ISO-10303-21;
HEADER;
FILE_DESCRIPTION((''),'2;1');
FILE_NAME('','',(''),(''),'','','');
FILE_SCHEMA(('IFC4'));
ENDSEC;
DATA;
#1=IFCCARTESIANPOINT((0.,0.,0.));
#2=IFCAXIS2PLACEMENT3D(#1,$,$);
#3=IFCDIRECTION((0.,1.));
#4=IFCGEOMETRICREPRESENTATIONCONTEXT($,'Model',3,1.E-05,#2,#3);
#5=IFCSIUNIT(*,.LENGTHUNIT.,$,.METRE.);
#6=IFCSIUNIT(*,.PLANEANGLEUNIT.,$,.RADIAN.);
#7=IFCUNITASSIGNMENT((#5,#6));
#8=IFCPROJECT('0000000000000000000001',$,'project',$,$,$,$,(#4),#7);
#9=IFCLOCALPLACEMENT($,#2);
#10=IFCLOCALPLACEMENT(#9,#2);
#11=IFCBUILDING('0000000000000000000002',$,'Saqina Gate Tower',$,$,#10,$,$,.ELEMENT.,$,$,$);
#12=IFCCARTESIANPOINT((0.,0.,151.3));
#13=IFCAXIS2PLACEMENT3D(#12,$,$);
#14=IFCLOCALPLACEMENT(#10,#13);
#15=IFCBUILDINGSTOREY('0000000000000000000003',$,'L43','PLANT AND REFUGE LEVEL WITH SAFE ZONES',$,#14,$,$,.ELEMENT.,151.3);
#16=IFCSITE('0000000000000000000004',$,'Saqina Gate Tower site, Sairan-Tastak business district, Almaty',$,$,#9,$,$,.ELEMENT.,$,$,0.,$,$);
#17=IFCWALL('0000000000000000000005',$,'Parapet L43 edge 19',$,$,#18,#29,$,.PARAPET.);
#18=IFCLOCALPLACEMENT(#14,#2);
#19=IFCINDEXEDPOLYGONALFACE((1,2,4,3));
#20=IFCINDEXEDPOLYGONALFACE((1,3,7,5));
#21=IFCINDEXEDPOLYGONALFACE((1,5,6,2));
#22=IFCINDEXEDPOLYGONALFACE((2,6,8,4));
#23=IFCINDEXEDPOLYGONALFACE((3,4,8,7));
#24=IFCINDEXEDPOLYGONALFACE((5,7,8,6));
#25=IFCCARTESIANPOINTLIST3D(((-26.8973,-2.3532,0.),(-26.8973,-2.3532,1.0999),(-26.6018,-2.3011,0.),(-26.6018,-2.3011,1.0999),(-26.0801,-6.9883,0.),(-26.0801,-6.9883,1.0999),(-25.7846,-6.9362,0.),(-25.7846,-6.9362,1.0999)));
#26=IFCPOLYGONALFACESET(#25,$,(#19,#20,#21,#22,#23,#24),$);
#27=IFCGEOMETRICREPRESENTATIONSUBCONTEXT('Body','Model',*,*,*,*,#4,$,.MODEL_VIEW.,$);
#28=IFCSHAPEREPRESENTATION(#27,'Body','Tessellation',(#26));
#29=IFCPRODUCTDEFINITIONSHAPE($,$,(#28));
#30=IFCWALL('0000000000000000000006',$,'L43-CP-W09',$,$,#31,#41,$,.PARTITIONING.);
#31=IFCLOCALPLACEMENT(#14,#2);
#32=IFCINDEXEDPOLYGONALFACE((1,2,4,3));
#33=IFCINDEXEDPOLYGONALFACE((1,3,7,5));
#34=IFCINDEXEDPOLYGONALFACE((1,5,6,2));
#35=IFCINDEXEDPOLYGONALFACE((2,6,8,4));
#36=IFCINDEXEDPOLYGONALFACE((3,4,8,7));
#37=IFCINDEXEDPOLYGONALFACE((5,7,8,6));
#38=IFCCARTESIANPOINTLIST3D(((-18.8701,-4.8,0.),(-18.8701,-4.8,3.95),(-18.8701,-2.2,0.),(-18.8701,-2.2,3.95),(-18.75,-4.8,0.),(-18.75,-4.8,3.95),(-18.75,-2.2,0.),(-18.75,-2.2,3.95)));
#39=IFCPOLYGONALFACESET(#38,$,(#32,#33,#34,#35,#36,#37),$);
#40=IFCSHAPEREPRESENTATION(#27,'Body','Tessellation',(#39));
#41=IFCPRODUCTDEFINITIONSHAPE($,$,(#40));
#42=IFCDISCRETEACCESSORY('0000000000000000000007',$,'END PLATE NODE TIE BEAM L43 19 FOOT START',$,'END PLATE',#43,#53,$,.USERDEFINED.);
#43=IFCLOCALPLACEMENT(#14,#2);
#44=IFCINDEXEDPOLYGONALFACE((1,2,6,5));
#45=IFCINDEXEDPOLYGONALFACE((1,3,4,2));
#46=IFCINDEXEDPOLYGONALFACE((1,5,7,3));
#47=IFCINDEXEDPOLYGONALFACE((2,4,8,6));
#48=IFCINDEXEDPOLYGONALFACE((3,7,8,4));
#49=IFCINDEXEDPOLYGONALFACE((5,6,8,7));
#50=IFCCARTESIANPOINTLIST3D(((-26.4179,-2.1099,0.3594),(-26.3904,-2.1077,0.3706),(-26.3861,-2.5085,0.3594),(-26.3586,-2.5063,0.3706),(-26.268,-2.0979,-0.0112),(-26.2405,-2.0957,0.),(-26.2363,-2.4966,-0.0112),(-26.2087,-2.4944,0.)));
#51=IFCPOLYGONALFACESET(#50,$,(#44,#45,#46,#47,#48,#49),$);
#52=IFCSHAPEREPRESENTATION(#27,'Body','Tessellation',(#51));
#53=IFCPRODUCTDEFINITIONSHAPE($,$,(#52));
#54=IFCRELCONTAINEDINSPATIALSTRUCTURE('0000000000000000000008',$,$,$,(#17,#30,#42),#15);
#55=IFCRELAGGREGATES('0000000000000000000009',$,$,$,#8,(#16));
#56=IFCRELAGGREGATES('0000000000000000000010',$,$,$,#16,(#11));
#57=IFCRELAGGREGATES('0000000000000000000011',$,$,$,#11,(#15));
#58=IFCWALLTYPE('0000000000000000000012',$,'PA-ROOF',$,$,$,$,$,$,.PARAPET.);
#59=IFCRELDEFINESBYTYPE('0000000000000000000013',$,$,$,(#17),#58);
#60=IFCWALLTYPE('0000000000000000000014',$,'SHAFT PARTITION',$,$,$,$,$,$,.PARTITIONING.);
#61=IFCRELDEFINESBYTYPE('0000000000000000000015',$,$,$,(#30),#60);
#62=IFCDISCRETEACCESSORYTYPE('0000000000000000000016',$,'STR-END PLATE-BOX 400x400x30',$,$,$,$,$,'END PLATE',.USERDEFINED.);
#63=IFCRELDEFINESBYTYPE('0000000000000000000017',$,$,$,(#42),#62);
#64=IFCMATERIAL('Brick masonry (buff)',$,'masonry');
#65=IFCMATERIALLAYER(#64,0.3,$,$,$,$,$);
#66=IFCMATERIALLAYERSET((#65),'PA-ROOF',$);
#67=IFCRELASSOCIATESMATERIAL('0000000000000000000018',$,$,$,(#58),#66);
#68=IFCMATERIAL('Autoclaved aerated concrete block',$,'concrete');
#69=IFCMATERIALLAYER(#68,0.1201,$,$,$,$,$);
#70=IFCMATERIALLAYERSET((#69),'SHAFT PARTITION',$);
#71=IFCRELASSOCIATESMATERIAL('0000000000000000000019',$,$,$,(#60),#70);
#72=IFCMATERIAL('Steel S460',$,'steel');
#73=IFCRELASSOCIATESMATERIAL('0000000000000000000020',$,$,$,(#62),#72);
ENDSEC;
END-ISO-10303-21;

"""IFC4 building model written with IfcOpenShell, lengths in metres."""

from ifc_helpers import new_model, si_unit, direction, frame, frame_2d, origin, origin_2d, place, context, subcontext, project, spatial, rectangle, extrude, material, layer, layer_set, material_profile, profile_set, type_object, element, save


model = new_model("IFC4")

# Units and contexts
model_context = context("Model", 3, precision=1e-05, world=origin(), true_north=direction((0.0, 1.0)))
body_context = subcontext(model_context, "Body", "Model", "MODEL_VIEW")
ifc_project = project(units=[si_unit("LENGTHUNIT", "METRE"), si_unit("PLANEANGLEUNIT", "RADIAN")], contexts=[model_context])

# Site, building, storey
site_placement = place(None, origin())
site = spatial("IfcSite", under=ifc_project, at=site_placement, Name="Saqina Gate Tower site, Sairan-Tastak business district, Almaty", CompositionType="ELEMENT", RefElevation=0.0)
building_placement = place(site_placement, origin())
building = spatial("IfcBuilding", under=site, at=building_placement, Name="Saqina Gate Tower", CompositionType="ELEMENT")
storey_placement = place(building_placement, frame((0.0, 0.0, 151.3)))
storey = spatial("IfcBuildingStorey", under=building, at=storey_placement, Name="L43", Description="PLANT AND REFUGE LEVEL WITH SAFE ZONES", CompositionType="ELEMENT", Elevation=151.3)

# Walls
ifc_material_1 = material(Name="Brick masonry (buff)", Category="masonry")
ifc_layer_1 = layer(ifc_material_1, 0.3)
ifc_layer_set_1 = layer_set([ifc_layer_1], Name="PA-ROOF")
wall_type_1 = type_object("IfcWallType", Name="PA-ROOF", PredefinedType="PARAPET", material=ifc_layer_set_1)
wall_1_placement = place(storey_placement, frame((-26.7495, -2.3271, 0.0), z_axis=(0.0, 0.0, 1.0), x_axis=(0.17362, -0.984813, 0.0)))
element("IfcWall", 1, at=wall_1_placement, inside=storey, type_object=wall_type_1, Name="Parapet L43 edge 19", PredefinedType="PARAPET", context=body_context, shape_type="SweptSolid", body=[
    extrude(rectangle(XDim=4.7065, YDim=0.3, at=frame_2d((2.3533, 0.0))), origin(), (0.0, 0.0, 1.0), 1.0999),
])
ifc_material_2 = material(Name="Autoclaved aerated concrete block", Category="concrete")
ifc_layer_2 = layer(ifc_material_2, 0.1201)
ifc_layer_set_2 = layer_set([ifc_layer_2], Name="SHAFT PARTITION")
wall_type_2 = type_object("IfcWallType", Name="SHAFT PARTITION", PredefinedType="PARTITIONING", material=ifc_layer_set_2)
wall_2_placement = place(storey_placement, frame((-18.8101, -4.8, 0.0), z_axis=(0.0, 0.0, 1.0), x_axis=(0.0, 1.0, 0.0)))
element("IfcWall", 2, at=wall_2_placement, inside=storey, type_object=wall_type_2, Name="L43-CP-W09", PredefinedType="PARTITIONING", context=body_context, shape_type="SweptSolid", body=[
    extrude(rectangle(XDim=2.6001, YDim=0.1201, at=frame_2d((1.3, 0.0))), origin(), (0.0, 0.0, 1.0), 3.95),
])

# Discrete accessory
ifc_material_3 = material(Name="Steel S460", Category="steel")
ifc_material_profile_1 = material_profile(ifc_material_3, rectangle(XDim=0.3999, YDim=0.3999, at=origin_2d()), Name="STR-END PLATE-BOX 400x400x30")
ifc_profile_set_1 = profile_set([ifc_material_profile_1], Name="Steel S460")
discrete_accessory_type = type_object("IfcDiscreteAccessoryType", Name="STR-END PLATE-BOX 400x400x30", ElementType="END PLATE", PredefinedType="USERDEFINED", material=ifc_profile_set_1)
discrete_accessory_placement = place(storey_placement, frame((-26.2996, -2.301, 0.1853), z_axis=(-0.923689, -0.073568, -0.376015), x_axis=(-0.079395, 0.996843, 0.0)))
element("IfcDiscreteAccessory", 3, at=discrete_accessory_placement, inside=storey, type_object=discrete_accessory_type, Name="END PLATE NODE TIE BEAM L43 19 FOOT START", ObjectType="END PLATE", PredefinedType="USERDEFINED", context=body_context, shape_type="SweptSolid", body=[
    extrude(rectangle(XDim=0.3999, YDim=0.3999, at=origin_2d()), origin(), (0.0, 0.0, 1.0), 0.0298),
])

save(model, "model.ifc")
